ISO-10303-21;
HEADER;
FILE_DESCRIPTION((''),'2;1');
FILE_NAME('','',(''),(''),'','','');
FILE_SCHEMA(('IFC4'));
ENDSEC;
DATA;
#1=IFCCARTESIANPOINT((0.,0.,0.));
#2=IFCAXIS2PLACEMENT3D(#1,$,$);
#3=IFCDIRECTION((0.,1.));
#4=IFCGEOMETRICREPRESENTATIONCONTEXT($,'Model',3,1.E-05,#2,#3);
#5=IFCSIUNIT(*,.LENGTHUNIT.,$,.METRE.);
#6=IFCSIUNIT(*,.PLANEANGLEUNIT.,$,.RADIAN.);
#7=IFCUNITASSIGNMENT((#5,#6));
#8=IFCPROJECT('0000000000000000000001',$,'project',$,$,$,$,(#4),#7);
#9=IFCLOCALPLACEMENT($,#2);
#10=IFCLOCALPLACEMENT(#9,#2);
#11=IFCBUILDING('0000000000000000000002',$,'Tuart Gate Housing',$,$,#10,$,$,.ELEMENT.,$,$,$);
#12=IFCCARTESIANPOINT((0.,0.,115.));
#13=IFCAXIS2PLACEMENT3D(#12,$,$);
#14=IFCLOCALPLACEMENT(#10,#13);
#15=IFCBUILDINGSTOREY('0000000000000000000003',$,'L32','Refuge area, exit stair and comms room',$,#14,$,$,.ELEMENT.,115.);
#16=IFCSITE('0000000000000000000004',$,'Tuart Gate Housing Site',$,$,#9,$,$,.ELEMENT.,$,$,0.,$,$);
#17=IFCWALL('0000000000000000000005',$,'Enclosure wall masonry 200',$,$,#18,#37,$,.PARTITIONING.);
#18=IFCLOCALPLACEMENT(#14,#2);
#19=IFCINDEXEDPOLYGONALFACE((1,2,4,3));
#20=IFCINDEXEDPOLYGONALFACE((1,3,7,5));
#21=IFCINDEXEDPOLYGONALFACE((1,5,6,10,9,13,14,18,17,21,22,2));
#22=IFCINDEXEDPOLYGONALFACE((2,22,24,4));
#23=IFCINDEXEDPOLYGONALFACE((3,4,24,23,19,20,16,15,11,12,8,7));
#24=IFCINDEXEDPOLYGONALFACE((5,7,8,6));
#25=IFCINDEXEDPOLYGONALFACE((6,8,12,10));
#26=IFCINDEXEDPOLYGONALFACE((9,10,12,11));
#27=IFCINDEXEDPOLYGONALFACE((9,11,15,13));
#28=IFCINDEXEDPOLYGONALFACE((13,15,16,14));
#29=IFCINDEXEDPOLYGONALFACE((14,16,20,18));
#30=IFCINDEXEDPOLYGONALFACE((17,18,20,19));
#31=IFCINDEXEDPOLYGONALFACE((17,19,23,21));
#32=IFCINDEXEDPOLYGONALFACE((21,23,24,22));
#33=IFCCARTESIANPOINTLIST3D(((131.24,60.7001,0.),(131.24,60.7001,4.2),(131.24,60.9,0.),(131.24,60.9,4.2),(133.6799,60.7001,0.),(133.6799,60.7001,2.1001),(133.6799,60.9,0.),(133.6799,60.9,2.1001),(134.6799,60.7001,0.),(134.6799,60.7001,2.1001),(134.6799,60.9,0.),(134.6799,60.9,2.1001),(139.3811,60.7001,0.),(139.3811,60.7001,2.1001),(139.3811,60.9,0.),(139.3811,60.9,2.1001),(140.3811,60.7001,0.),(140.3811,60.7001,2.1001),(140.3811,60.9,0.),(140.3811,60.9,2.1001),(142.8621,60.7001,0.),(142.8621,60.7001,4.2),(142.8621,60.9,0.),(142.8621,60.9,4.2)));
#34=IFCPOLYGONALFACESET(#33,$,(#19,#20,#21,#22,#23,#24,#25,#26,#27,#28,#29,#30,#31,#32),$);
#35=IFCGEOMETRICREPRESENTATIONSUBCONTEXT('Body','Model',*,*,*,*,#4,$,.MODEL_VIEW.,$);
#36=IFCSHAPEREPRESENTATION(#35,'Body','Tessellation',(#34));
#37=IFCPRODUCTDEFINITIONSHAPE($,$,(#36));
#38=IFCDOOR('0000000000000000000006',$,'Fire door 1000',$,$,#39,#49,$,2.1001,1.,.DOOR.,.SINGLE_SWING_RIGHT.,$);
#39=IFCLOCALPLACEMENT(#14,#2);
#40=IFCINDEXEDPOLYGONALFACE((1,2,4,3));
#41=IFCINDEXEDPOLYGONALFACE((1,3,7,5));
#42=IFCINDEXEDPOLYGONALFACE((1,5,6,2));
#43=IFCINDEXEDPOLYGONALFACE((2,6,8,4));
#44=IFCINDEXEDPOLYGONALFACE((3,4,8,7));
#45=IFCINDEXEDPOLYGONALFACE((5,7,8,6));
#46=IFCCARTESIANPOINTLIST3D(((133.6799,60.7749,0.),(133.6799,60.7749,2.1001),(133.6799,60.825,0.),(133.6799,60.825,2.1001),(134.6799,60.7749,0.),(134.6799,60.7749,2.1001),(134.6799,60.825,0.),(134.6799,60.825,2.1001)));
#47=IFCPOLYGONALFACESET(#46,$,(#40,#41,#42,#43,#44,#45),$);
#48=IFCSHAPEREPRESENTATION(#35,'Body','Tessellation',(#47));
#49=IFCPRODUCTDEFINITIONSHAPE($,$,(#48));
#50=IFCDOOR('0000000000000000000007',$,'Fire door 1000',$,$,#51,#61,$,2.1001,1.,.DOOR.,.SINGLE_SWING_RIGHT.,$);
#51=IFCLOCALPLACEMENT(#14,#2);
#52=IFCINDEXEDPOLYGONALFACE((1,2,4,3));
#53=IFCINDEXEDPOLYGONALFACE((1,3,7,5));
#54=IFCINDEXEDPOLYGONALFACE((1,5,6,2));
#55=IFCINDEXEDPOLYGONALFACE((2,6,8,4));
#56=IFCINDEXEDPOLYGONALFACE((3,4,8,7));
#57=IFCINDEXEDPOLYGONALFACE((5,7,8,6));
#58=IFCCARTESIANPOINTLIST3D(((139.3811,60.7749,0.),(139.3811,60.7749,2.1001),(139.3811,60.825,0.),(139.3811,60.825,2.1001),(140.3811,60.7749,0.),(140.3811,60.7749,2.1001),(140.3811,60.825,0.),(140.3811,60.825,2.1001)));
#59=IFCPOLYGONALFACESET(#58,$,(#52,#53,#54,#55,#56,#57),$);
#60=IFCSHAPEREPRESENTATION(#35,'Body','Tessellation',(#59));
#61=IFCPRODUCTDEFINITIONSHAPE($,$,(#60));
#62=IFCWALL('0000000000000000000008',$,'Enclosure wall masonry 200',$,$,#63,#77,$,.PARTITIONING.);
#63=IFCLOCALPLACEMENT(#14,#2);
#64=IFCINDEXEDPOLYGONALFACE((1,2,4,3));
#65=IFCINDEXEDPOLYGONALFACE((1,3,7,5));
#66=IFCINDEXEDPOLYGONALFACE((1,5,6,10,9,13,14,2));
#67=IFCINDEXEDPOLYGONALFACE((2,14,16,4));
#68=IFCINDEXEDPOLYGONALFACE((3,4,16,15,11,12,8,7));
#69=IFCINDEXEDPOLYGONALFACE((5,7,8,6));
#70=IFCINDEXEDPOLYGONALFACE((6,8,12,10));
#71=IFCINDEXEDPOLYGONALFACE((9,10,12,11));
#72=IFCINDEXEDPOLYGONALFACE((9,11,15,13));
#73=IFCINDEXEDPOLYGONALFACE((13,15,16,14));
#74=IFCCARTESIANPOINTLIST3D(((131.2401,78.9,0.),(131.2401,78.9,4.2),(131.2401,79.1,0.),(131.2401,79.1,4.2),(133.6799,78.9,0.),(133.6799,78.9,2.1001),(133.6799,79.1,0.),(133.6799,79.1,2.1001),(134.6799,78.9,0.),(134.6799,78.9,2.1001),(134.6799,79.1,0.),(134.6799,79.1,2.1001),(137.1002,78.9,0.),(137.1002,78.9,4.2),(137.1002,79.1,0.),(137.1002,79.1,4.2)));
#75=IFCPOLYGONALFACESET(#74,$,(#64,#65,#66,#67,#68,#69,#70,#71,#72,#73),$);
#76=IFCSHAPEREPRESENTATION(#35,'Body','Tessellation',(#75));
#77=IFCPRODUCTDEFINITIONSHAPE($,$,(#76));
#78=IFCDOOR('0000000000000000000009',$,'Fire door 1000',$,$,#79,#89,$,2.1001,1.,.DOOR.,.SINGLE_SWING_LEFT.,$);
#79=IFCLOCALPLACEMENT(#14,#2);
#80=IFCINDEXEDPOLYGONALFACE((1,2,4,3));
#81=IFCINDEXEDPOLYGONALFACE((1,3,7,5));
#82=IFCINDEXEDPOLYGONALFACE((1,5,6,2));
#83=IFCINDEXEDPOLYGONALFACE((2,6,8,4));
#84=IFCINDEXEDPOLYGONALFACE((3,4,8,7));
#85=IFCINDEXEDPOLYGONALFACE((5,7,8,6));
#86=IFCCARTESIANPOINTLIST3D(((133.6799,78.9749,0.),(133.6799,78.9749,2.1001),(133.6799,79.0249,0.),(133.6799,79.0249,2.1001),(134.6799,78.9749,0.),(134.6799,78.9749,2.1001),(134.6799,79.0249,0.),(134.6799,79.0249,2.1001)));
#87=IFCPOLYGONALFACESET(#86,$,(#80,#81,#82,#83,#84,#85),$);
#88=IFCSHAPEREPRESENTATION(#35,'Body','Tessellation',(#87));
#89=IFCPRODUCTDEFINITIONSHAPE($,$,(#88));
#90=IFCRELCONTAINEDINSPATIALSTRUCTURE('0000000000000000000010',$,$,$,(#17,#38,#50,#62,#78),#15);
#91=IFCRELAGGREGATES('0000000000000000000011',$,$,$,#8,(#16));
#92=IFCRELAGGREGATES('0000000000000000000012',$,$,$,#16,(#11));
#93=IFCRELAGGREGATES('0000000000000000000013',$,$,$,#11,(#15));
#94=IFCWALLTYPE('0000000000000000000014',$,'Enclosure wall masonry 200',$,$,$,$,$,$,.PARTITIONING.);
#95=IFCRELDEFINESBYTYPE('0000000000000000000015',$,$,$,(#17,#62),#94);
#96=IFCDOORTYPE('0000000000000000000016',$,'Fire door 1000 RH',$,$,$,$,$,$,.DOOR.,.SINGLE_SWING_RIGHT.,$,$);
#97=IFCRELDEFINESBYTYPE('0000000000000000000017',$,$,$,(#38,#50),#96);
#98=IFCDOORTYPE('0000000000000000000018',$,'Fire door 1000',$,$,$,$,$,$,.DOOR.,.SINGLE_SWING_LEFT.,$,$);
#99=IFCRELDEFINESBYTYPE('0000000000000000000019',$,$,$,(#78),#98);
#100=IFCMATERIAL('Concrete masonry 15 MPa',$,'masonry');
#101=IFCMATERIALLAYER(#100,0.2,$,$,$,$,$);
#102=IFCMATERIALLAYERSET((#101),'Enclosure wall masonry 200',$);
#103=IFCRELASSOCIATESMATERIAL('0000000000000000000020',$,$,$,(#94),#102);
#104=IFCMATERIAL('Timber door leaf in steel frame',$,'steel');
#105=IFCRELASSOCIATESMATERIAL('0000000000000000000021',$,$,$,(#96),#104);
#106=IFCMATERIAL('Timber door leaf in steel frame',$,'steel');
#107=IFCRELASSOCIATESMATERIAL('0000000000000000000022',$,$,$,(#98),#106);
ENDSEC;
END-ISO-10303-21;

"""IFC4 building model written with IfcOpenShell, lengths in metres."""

from ifc_helpers import new_model, si_unit, direction, frame, frame_2d, origin, place, context, subcontext, project, spatial, rectangle, extrude, material, layer, layer_set, type_object, element, fill, save


model = new_model("IFC4")

# Units and contexts
model_context = context("Model", 3, precision=1e-05, world=origin(), true_north=direction((0.0, 1.0)))
body_context = subcontext(model_context, "Body", "Model", "MODEL_VIEW")
ifc_project = project(units=[si_unit("LENGTHUNIT", "METRE"), si_unit("PLANEANGLEUNIT", "RADIAN")], contexts=[model_context])

# Site, building, storey
site_placement = place(None, origin())
site = spatial("IfcSite", under=ifc_project, at=site_placement, Name="Tuart Gate Housing Site", CompositionType="ELEMENT", RefElevation=0.0)
building_placement = place(site_placement, origin())
building = spatial("IfcBuilding", under=site, at=building_placement, Name="Tuart Gate Housing", CompositionType="ELEMENT")
storey_placement = place(building_placement, frame((0.0, 0.0, 115.0)))
storey = spatial("IfcBuildingStorey", under=building, at=storey_placement, Name="L32", Description="Refuge area, exit stair and comms room", CompositionType="ELEMENT", Elevation=115.0)

# Wall, openings, doors
ifc_material_1 = material(Name="Concrete masonry 15 MPa", Category="masonry")
ifc_layer_1 = layer(ifc_material_1, 0.2)
ifc_layer_set_1 = layer_set([ifc_layer_1], Name="Enclosure wall masonry 200")
wall_type_1 = type_object("IfcWallType", Name="Enclosure wall masonry 200", PredefinedType="PARTITIONING", material=ifc_layer_set_1)
wall_1_placement = place(storey_placement, frame((131.24, 60.8, 0.0), z_axis=(0.0, 0.0, 1.0), x_axis=(1.0, 0.0, 0.0)))
wall_1 = element("IfcWall", 1, at=wall_1_placement, inside=storey, type_object=wall_type_1, Name="Enclosure wall masonry 200", PredefinedType="PARTITIONING", context=body_context, shape_type="SweptSolid", body=[
    extrude(rectangle(XDim=11.6221, YDim=0.2, at=frame_2d((5.811, 0.0))), origin(), (0.0, 0.0, 1.0), 4.2),
])
opening_1_placement = place(wall_1_placement, frame((2.4399, 0.0, 0.0)))
opening_1 = element("IfcOpeningElement", 2, at=opening_1_placement, cuts=wall_1, PredefinedType="OPENING", context=body_context, shape_type="SweptSolid", body=[
    extrude(rectangle(XDim=1.0, YDim=2.1001, at=frame_2d((0.5, 1.05))), frame((0.0, 0.1099, 0.0), z_axis=(0.0, -1.0, 0.0), x_axis=(1.0, 0.0, 0.0)), (0.0, 0.0, 1.0), 0.22),
])
opening_2_placement = place(wall_1_placement, frame((8.1411, 0.0, 0.0)))
opening_2 = element("IfcOpeningElement", 3, at=opening_2_placement, cuts=wall_1, PredefinedType="OPENING", context=body_context, shape_type="SweptSolid", body=[
    extrude(rectangle(XDim=1.0, YDim=2.1001, at=frame_2d((0.5, 1.05))), frame((0.0, 0.1099, 0.0), z_axis=(0.0, -1.0, 0.0), x_axis=(1.0, 0.0, 0.0)), (0.0, 0.0, 1.0), 0.22),
])
ifc_material_2 = material(Name="Timber door leaf in steel frame", Category="steel")
door_type_1 = type_object("IfcDoorType", Name="Fire door 1000 RH", OperationType="SINGLE_SWING_RIGHT", PredefinedType="DOOR", material=ifc_material_2)
door_1_placement = place(opening_1_placement, frame((1.0, 0.0, 0.0), z_axis=(0.0, 0.0, 1.0), x_axis=(-1.0, 0.0, 0.0)))
door_1 = element("IfcDoor", 4, at=door_1_placement, inside=storey, type_object=door_type_1, Name="Fire door 1000", OperationType="SINGLE_SWING_RIGHT", OverallHeight=2.1001, OverallWidth=1.0, PredefinedType="DOOR", context=body_context, shape_type="SweptSolid", body=[
    extrude(rectangle(XDim=1.0, YDim=2.1001, at=frame_2d((0.5, 1.05))), frame((0.0, 0.0251, 0.0), z_axis=(0.0, -1.0, 0.0), x_axis=(1.0, 0.0, 0.0)), (0.0, 0.0, 1.0), 0.05),
])
fill(opening_1, door_1)
door_2_placement = place(opening_2_placement, frame((1.0, 0.0, 0.0), z_axis=(0.0, 0.0, 1.0), x_axis=(-1.0, 0.0, 0.0)))
door_2 = element("IfcDoor", 5, at=door_2_placement, inside=storey, type_object=door_type_1, Name="Fire door 1000", OperationType="SINGLE_SWING_RIGHT", OverallHeight=2.1001, OverallWidth=1.0, PredefinedType="DOOR", context=body_context, shape_type="SweptSolid", body=[
    extrude(rectangle(XDim=1.0, YDim=2.1001, at=frame_2d((0.5, 1.05))), frame((0.0, 0.0251, 0.0), z_axis=(0.0, -1.0, 0.0), x_axis=(1.0, 0.0, 0.0)), (0.0, 0.0, 1.0), 0.05),
])
fill(opening_2, door_2)

# Wall, opening, door
wall_2_placement = place(storey_placement, frame((131.24, 79.0, 0.0), z_axis=(0.0, 0.0, 1.0), x_axis=(1.0, 0.0, 0.0)))
wall_2 = element("IfcWall", 6, at=wall_2_placement, inside=storey, type_object=wall_type_1, Name="Enclosure wall masonry 200", PredefinedType="PARTITIONING", context=body_context, shape_type="SweptSolid", body=[
    extrude(rectangle(XDim=5.8601, YDim=0.2, at=frame_2d((2.9302, 0.0))), origin(), (0.0, 0.0, 1.0), 4.2),
])
opening_3_placement = place(wall_2_placement, frame((2.4399, 0.0, 0.0)))
opening_3 = element("IfcOpeningElement", 7, at=opening_3_placement, cuts=wall_2, PredefinedType="OPENING", context=body_context, shape_type="SweptSolid", body=[
    extrude(rectangle(XDim=1.0, YDim=2.1001, at=frame_2d((0.5, 1.05))), frame((0.0, 0.1099, 0.0), z_axis=(0.0, -1.0, 0.0), x_axis=(1.0, 0.0, 0.0)), (0.0, 0.0, 1.0), 0.22),
])
ifc_material_3 = material(Name="Timber door leaf in steel frame", Category="steel")
door_type_2 = type_object("IfcDoorType", Name="Fire door 1000", OperationType="SINGLE_SWING_LEFT", PredefinedType="DOOR", material=ifc_material_3)
door_3_placement = place(opening_3_placement, origin())
door_3 = element("IfcDoor", 8, at=door_3_placement, inside=storey, type_object=door_type_2, Name="Fire door 1000", OperationType="SINGLE_SWING_LEFT", OverallHeight=2.1001, OverallWidth=1.0, PredefinedType="DOOR", context=body_context, shape_type="SweptSolid", body=[
    extrude(rectangle(XDim=1.0, YDim=2.1001, at=frame_2d((0.5, 1.05))), frame((0.0, 0.0249, 0.0), z_axis=(0.0, -1.0, 0.0), x_axis=(1.0, 0.0, 0.0)), (0.0, 0.0, 1.0), 0.05),
])
fill(opening_3, door_3)

save(model, "model.ifc")
